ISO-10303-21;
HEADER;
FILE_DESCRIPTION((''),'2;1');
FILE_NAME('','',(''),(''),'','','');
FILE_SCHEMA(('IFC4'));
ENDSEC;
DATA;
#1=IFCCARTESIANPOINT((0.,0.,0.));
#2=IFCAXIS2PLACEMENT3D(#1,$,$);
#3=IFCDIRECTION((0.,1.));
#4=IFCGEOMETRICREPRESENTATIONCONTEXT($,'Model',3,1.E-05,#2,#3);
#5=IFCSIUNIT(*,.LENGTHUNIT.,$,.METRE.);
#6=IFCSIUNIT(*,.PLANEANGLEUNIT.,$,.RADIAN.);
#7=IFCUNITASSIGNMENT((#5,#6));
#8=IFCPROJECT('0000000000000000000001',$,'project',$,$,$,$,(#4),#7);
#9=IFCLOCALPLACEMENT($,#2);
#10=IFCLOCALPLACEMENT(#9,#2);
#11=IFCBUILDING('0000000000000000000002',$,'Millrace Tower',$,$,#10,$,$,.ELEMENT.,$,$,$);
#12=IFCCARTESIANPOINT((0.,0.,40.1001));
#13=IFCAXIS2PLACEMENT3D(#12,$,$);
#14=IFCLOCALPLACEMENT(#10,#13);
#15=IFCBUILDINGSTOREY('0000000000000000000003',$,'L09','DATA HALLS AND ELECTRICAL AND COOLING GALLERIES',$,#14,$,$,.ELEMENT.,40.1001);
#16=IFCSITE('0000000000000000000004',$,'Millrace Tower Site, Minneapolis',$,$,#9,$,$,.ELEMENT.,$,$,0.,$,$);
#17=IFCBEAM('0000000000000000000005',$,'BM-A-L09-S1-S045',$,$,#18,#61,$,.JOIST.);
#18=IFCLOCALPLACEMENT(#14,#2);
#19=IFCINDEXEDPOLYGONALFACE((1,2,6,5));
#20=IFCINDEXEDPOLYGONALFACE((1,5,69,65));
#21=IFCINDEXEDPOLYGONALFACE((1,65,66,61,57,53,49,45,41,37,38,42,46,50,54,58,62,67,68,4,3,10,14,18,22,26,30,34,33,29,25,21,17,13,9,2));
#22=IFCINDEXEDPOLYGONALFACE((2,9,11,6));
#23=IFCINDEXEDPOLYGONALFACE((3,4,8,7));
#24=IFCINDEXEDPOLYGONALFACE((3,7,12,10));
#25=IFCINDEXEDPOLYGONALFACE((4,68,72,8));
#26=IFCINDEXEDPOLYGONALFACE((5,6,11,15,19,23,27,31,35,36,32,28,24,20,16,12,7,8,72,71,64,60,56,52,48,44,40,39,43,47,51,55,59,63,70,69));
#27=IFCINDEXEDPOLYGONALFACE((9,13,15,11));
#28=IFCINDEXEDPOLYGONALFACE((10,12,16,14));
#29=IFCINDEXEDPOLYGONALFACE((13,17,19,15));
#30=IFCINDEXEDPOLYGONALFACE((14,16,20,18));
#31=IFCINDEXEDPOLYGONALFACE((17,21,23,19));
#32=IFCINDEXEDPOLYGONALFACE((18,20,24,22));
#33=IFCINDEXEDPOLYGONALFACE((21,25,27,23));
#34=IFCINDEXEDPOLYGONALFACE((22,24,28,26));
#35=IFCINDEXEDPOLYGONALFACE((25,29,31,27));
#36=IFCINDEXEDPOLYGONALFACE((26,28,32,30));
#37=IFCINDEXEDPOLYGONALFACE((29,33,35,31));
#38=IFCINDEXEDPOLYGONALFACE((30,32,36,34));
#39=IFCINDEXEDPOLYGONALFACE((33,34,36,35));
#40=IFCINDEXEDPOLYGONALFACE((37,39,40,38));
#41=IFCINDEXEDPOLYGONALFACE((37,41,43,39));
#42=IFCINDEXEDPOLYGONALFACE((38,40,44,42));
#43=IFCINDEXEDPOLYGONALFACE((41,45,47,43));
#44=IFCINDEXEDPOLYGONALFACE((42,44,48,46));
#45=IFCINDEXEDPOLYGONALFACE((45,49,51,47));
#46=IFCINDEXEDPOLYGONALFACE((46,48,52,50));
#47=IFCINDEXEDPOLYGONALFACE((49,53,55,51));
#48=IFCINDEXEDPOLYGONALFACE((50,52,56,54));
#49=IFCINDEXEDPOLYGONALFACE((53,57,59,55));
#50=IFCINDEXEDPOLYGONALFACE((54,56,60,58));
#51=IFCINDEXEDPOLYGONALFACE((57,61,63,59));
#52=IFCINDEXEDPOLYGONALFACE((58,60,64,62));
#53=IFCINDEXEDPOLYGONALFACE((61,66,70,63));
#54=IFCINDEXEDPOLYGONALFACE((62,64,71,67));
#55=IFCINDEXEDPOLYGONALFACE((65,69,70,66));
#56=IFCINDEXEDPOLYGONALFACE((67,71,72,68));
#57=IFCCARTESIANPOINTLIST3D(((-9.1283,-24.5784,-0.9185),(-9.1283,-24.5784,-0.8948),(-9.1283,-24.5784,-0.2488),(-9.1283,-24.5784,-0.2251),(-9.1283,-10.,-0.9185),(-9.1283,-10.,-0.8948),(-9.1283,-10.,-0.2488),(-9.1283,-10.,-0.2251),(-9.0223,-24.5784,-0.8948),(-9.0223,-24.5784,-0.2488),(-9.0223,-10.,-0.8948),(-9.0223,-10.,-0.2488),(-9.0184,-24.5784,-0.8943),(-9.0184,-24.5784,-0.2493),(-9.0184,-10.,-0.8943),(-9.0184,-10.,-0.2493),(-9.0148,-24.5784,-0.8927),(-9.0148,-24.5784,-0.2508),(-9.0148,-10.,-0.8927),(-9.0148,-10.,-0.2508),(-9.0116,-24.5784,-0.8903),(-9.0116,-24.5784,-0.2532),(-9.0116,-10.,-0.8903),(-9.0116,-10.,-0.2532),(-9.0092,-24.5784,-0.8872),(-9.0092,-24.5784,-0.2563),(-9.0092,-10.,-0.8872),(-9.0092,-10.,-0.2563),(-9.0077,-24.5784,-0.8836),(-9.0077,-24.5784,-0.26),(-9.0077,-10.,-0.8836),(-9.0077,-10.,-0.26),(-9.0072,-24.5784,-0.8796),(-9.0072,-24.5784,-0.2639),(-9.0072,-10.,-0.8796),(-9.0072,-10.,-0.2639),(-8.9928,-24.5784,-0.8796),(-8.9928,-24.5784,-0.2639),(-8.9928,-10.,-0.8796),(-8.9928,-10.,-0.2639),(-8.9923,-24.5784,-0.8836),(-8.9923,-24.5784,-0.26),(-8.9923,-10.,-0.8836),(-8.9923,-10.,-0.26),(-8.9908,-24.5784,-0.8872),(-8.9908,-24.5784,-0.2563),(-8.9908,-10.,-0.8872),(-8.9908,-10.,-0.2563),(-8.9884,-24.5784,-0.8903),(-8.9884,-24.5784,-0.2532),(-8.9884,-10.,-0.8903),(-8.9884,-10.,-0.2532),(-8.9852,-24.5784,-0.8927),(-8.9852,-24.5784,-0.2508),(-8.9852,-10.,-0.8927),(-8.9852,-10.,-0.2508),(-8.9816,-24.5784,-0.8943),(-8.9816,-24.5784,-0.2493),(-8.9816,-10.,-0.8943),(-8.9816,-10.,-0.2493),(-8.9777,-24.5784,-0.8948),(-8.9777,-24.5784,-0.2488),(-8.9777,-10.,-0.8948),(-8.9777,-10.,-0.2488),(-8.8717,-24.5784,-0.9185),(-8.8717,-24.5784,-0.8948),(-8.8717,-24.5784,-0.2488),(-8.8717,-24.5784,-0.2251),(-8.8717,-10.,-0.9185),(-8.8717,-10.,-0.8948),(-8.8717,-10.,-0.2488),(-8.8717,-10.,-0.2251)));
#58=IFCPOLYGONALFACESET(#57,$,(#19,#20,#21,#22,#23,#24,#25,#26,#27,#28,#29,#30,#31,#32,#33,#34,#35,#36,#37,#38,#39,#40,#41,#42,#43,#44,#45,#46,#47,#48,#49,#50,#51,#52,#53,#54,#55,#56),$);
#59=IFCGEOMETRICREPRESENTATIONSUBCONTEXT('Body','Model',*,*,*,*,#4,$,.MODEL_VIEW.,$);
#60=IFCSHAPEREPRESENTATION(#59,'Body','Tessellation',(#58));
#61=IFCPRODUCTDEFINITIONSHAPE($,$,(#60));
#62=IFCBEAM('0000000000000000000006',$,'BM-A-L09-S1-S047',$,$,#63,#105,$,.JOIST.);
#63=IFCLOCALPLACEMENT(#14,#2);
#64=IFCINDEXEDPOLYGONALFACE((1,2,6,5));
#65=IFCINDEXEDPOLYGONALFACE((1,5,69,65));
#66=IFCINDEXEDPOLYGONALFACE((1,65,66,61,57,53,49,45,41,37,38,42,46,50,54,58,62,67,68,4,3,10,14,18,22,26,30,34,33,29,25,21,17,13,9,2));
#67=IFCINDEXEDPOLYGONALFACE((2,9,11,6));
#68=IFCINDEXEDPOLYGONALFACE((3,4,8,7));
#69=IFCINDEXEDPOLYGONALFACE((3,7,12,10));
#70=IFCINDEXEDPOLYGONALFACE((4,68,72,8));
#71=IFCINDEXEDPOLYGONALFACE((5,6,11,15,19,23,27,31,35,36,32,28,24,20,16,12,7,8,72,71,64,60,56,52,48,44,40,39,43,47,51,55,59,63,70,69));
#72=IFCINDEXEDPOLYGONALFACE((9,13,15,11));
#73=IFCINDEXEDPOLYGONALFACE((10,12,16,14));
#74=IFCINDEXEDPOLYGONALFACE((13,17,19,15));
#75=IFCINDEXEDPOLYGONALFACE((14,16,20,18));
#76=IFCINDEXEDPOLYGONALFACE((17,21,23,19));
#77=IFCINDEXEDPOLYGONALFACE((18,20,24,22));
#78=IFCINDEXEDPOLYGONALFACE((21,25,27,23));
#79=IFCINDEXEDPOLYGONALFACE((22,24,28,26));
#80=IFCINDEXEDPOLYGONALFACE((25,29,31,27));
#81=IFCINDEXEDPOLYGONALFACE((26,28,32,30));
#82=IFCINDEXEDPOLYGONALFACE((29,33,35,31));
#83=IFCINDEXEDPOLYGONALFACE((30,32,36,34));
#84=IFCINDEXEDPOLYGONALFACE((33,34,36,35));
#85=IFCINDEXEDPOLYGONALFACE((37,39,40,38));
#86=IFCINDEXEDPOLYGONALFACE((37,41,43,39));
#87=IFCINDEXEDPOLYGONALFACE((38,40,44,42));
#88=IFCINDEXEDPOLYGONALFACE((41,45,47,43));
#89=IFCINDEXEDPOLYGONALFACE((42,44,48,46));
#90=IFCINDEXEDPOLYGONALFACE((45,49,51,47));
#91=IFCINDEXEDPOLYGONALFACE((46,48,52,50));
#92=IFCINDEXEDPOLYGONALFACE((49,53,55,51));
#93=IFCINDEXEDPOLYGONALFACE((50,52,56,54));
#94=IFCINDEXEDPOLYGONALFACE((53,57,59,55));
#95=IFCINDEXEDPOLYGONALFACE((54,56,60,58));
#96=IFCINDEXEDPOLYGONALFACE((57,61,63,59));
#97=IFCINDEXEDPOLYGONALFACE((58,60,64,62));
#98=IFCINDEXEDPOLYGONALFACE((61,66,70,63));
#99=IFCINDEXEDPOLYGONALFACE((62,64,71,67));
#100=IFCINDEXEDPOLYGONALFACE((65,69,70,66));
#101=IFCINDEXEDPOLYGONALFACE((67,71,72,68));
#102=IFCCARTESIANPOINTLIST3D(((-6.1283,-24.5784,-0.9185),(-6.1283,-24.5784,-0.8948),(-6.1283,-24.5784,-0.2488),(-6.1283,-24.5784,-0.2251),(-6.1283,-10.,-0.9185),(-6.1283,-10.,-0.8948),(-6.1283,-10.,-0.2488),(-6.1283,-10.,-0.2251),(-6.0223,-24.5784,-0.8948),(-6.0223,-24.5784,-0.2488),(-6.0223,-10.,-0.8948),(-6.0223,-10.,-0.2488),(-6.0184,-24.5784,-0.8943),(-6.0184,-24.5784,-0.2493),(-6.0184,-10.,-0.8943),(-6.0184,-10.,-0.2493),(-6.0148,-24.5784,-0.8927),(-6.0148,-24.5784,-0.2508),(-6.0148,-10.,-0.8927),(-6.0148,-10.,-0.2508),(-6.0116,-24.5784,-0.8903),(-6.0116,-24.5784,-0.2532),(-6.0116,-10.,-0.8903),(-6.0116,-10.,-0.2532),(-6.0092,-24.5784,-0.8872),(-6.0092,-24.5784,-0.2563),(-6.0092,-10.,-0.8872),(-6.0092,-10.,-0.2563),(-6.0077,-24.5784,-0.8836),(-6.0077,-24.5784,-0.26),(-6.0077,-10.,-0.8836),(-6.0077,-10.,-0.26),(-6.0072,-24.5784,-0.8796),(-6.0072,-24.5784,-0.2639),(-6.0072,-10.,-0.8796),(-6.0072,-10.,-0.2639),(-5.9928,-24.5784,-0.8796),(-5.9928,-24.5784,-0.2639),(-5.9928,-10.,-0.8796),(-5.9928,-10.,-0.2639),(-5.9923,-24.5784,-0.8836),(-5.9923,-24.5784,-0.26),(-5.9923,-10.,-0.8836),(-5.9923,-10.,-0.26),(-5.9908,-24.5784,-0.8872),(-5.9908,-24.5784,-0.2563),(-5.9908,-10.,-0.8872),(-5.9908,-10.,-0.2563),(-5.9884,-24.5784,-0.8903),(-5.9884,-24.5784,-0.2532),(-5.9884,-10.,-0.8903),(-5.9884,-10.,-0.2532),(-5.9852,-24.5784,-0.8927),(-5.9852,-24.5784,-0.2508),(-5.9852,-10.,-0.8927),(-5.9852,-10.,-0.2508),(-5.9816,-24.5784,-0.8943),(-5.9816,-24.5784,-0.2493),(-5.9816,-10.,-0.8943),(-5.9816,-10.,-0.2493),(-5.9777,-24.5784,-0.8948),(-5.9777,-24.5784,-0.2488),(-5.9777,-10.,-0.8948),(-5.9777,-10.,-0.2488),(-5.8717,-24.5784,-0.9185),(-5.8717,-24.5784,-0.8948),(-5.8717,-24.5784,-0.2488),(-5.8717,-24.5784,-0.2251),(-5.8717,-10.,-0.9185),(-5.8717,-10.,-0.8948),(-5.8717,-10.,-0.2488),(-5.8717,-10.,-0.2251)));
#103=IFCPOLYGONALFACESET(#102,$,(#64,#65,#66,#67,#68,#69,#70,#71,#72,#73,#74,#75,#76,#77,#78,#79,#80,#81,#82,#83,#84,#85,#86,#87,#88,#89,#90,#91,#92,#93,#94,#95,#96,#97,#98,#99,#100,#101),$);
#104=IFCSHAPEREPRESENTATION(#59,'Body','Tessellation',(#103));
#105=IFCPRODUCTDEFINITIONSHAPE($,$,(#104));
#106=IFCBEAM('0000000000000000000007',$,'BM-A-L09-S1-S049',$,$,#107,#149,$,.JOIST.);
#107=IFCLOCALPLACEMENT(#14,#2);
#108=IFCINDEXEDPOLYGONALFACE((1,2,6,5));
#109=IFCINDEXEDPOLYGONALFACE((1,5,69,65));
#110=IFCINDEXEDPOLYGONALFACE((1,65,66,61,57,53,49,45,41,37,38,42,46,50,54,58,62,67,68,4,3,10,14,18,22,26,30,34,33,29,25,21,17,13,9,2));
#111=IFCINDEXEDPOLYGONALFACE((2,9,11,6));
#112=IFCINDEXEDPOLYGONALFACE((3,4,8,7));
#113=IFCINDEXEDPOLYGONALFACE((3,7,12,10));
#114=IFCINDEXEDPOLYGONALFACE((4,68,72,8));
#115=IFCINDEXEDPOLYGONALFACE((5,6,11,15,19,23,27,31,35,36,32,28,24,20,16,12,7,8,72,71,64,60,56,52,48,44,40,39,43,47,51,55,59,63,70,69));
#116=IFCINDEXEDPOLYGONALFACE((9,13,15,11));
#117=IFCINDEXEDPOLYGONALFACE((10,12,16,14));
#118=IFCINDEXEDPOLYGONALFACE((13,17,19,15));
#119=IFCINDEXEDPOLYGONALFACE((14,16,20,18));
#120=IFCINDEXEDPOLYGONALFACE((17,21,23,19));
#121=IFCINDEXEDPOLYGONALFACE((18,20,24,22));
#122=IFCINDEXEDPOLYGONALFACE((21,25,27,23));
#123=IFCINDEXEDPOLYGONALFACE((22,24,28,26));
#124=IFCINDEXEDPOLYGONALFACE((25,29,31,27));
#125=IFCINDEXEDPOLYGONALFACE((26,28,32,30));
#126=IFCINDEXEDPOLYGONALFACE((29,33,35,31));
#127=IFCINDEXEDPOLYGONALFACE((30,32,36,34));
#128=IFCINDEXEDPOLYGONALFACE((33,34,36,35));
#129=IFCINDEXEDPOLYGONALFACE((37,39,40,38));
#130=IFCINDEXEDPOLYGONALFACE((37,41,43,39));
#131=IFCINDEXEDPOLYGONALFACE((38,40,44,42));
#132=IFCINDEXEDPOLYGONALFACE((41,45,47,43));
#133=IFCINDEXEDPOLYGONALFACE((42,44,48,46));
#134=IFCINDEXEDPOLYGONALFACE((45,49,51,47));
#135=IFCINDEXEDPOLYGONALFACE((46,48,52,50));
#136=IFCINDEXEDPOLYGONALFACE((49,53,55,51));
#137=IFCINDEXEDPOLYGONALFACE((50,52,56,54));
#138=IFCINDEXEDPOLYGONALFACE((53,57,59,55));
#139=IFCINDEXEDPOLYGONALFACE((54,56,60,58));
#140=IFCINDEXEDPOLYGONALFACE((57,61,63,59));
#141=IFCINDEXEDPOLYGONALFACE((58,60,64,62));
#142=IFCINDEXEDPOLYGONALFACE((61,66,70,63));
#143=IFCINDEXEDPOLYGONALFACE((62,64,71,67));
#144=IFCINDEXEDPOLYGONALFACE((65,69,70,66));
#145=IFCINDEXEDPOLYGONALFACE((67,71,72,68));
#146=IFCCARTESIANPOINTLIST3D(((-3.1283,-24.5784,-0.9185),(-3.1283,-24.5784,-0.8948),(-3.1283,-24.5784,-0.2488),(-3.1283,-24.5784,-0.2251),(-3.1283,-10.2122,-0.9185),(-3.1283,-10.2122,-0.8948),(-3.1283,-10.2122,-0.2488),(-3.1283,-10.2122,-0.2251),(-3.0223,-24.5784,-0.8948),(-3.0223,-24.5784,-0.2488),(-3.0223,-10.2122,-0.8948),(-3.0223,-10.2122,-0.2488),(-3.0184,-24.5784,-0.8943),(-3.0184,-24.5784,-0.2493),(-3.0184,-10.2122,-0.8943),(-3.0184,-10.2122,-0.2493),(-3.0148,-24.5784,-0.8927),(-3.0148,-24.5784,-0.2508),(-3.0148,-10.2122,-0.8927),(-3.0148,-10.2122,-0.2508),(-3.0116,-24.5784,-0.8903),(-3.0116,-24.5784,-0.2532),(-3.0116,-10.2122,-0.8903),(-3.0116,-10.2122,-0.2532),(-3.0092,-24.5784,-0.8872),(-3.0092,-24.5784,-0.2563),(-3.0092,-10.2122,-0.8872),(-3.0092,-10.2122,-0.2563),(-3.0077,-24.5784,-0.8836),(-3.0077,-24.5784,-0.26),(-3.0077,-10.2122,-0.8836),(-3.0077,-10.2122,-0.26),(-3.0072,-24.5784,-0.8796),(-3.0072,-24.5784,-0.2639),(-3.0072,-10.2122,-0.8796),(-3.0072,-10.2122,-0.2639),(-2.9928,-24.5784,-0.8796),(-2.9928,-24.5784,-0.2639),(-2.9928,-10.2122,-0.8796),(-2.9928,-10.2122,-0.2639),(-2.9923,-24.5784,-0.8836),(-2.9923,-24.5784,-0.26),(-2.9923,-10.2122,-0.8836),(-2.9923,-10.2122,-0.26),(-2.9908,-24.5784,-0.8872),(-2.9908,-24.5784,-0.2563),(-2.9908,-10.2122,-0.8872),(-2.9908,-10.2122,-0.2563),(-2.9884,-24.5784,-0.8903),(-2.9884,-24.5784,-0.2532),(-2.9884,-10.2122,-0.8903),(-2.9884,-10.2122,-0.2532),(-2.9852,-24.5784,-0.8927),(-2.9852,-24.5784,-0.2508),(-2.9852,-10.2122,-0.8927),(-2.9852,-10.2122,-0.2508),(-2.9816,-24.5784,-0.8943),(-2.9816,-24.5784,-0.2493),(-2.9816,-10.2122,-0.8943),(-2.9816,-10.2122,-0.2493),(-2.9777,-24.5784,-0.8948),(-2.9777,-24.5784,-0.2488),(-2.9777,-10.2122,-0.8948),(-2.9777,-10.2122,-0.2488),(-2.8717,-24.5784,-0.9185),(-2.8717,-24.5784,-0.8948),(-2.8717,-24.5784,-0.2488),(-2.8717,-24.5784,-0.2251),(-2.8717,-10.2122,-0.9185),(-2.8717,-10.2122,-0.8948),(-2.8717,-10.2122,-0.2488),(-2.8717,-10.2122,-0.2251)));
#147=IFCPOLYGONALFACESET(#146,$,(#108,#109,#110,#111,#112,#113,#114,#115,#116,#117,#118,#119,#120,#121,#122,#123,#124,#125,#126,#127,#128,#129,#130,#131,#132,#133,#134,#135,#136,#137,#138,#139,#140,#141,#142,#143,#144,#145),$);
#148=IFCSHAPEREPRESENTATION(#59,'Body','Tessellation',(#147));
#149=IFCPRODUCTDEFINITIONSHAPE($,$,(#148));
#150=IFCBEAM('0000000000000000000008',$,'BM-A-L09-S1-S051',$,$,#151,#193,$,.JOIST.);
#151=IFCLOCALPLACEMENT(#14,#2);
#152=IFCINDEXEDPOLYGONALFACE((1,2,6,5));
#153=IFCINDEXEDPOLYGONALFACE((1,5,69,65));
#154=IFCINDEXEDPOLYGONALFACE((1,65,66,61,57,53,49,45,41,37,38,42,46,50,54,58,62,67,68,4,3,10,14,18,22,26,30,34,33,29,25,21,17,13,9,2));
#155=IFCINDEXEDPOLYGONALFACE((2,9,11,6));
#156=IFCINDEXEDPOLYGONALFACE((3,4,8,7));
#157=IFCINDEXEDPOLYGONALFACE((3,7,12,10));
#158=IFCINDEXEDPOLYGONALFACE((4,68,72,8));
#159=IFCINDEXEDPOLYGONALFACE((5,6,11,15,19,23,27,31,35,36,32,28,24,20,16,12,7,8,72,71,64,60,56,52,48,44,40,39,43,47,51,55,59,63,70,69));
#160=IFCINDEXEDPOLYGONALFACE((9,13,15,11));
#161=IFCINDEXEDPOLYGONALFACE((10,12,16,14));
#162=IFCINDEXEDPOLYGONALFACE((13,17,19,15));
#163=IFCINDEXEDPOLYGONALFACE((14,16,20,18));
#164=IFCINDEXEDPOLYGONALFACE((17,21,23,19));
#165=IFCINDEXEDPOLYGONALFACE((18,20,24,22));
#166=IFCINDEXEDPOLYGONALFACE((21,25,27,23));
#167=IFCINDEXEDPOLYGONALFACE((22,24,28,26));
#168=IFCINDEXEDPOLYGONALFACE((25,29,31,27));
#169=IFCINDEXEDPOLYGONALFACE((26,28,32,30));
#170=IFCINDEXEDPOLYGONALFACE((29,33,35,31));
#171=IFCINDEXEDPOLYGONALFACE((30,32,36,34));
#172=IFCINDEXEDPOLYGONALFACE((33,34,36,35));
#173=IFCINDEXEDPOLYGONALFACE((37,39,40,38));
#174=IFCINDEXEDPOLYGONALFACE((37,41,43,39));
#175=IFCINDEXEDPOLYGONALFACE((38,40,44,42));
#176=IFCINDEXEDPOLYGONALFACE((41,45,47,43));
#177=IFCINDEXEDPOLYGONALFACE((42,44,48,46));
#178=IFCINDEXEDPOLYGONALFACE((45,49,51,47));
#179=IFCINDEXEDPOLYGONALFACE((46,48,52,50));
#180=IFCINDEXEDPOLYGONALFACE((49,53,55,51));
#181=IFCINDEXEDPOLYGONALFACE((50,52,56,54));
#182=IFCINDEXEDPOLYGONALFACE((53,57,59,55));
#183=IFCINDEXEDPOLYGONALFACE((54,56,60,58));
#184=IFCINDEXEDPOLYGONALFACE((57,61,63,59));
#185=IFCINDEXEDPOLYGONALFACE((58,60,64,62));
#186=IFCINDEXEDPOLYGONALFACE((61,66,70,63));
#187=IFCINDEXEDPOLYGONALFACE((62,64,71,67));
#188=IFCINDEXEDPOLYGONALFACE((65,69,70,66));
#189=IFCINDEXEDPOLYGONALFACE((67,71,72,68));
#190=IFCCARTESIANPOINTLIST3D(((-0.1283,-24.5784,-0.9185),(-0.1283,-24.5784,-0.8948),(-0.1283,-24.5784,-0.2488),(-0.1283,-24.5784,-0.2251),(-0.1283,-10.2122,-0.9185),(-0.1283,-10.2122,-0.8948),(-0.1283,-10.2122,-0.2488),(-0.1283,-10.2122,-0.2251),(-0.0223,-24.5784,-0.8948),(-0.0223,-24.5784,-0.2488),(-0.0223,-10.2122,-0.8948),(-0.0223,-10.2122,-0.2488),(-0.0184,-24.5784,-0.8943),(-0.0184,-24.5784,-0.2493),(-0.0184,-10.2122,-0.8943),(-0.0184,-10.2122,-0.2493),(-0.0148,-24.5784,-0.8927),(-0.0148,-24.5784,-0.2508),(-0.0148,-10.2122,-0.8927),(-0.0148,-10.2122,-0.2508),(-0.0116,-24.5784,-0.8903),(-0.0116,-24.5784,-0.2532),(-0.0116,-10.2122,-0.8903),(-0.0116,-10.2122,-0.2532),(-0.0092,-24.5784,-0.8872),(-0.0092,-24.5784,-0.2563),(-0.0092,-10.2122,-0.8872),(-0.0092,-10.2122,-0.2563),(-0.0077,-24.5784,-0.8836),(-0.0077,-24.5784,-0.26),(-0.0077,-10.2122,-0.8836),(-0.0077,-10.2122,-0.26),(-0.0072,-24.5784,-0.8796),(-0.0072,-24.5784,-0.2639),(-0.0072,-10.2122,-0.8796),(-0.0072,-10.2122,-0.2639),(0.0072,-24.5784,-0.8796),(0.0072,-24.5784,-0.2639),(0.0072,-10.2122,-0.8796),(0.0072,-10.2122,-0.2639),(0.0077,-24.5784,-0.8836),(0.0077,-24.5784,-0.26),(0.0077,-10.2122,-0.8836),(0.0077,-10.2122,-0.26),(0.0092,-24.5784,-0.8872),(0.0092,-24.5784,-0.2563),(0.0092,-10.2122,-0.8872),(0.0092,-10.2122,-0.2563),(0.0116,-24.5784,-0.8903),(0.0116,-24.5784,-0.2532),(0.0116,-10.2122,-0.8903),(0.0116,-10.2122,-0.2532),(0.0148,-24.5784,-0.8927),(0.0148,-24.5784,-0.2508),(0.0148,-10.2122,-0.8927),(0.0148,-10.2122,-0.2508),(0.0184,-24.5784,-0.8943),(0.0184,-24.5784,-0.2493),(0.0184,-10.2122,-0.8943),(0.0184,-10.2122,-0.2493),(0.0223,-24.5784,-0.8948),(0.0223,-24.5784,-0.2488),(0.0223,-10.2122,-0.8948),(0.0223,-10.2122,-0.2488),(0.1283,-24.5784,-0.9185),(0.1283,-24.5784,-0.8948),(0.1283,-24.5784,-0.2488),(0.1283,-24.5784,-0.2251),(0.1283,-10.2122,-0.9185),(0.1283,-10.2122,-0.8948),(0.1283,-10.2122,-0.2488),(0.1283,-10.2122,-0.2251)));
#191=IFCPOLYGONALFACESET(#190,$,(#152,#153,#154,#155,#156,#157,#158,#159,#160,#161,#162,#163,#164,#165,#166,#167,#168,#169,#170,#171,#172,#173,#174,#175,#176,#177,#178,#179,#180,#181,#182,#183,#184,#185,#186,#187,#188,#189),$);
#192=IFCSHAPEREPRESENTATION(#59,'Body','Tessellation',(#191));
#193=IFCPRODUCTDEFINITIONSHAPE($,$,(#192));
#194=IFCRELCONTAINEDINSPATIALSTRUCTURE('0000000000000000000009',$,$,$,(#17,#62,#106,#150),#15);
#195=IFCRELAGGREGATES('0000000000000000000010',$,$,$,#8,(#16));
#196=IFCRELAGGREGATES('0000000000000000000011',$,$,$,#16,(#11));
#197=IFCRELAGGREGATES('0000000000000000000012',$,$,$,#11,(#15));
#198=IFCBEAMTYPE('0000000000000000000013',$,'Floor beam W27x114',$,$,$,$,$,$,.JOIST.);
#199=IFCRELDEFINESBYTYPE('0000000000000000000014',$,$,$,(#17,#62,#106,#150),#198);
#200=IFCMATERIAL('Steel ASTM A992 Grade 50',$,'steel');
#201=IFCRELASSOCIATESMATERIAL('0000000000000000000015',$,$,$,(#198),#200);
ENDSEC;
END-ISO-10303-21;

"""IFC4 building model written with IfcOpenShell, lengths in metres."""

from ifc_helpers import new_model, si_unit, direction, frame, origin, origin_2d, place, context, subcontext, project, spatial, i_section, extrude, material, material_profile, profile_set, type_object, element, save


model = new_model("IFC4")

# Units and contexts
model_context = context("Model", 3, precision=1e-05, world=origin(), true_north=direction((0.0, 1.0)))
body_context = subcontext(model_context, "Body", "Model", "MODEL_VIEW")
ifc_project = project(units=[si_unit("LENGTHUNIT", "METRE"), si_unit("PLANEANGLEUNIT", "RADIAN")], contexts=[model_context])

# Site, building, storey
site_placement = place(None, origin())
site = spatial("IfcSite", under=ifc_project, at=site_placement, Name="Millrace Tower Site, Minneapolis", CompositionType="ELEMENT", RefElevation=0.0)
building_placement = place(site_placement, origin())
building = spatial("IfcBuilding", under=site, at=building_placement, Name="Millrace Tower", CompositionType="ELEMENT")
storey_placement = place(building_placement, frame((0.0, 0.0, 40.1001)))
storey = spatial("IfcBuildingStorey", under=building, at=storey_placement, Name="L09", Description="DATA HALLS AND ELECTRICAL AND COOLING GALLERIES", CompositionType="ELEMENT", Elevation=40.1001)

# Beams
ifc_material_1 = material(Name="Steel ASTM A992 Grade 50", Category="steel")
ifc_material_profile_1 = material_profile(ifc_material_1, i_section(OverallWidth=0.2566, OverallDepth=0.6934, WebThickness=0.0144, FlangeThickness=0.0237, FilletRadius=0.0151, at=origin_2d()))
ifc_profile_set_1 = profile_set([ifc_material_profile_1], Name="Steel ASTM A992 Grade 50")
beam_type_1 = type_object("IfcBeamType", Name="Floor beam W27x114", PredefinedType="JOIST", material=ifc_profile_set_1)
for number, where, z_axis, x_axis, name in (
    (1, (-9.0, -24.5784, -0.5718), (0.0, 1.0, 0.0), (-1.0, 0.0, 0.0), "BM-A-L09-S1-S045"),
    (2, (-6.0, -24.5784, -0.5718), (0.0, 1.0, 0.0), (-1.0, 0.0, 0.0), "BM-A-L09-S1-S047"),
):
    element("IfcBeam", number, at=place(storey_placement, frame(where, z_axis=z_axis, x_axis=x_axis)), inside=storey, type_object=beam_type_1, Name=name, PredefinedType="JOIST", context=body_context, shape_type="SweptSolid", body=[
        extrude(i_section(OverallWidth=0.2566, OverallDepth=0.6934, WebThickness=0.0144, FlangeThickness=0.0237, FilletRadius=0.0151, at=origin_2d()), origin(), (0.0, 0.0, 1.0), 14.5784),
    ])
for number, where, z_axis, x_axis, name in (
    (3, (-3.0, -24.5784, -0.5718), (0.0, 1.0, 0.0), (-1.0, 0.0, 0.0), "BM-A-L09-S1-S049"),
    (4, (0.0, -24.5784, -0.5718), (0.0, 1.0, 0.0), (-1.0, 0.0, 0.0), "BM-A-L09-S1-S051"),
):
    element("IfcBeam", number, at=place(storey_placement, frame(where, z_axis=z_axis, x_axis=x_axis)), inside=storey, type_object=beam_type_1, Name=name, PredefinedType="JOIST", context=body_context, shape_type="SweptSolid", body=[
        extrude(i_section(OverallWidth=0.2566, OverallDepth=0.6934, WebThickness=0.0144, FlangeThickness=0.0237, FilletRadius=0.0151, at=origin_2d()), origin(), (0.0, 0.0, 1.0), 14.3662),
    ])

save(model, "model.ifc")
